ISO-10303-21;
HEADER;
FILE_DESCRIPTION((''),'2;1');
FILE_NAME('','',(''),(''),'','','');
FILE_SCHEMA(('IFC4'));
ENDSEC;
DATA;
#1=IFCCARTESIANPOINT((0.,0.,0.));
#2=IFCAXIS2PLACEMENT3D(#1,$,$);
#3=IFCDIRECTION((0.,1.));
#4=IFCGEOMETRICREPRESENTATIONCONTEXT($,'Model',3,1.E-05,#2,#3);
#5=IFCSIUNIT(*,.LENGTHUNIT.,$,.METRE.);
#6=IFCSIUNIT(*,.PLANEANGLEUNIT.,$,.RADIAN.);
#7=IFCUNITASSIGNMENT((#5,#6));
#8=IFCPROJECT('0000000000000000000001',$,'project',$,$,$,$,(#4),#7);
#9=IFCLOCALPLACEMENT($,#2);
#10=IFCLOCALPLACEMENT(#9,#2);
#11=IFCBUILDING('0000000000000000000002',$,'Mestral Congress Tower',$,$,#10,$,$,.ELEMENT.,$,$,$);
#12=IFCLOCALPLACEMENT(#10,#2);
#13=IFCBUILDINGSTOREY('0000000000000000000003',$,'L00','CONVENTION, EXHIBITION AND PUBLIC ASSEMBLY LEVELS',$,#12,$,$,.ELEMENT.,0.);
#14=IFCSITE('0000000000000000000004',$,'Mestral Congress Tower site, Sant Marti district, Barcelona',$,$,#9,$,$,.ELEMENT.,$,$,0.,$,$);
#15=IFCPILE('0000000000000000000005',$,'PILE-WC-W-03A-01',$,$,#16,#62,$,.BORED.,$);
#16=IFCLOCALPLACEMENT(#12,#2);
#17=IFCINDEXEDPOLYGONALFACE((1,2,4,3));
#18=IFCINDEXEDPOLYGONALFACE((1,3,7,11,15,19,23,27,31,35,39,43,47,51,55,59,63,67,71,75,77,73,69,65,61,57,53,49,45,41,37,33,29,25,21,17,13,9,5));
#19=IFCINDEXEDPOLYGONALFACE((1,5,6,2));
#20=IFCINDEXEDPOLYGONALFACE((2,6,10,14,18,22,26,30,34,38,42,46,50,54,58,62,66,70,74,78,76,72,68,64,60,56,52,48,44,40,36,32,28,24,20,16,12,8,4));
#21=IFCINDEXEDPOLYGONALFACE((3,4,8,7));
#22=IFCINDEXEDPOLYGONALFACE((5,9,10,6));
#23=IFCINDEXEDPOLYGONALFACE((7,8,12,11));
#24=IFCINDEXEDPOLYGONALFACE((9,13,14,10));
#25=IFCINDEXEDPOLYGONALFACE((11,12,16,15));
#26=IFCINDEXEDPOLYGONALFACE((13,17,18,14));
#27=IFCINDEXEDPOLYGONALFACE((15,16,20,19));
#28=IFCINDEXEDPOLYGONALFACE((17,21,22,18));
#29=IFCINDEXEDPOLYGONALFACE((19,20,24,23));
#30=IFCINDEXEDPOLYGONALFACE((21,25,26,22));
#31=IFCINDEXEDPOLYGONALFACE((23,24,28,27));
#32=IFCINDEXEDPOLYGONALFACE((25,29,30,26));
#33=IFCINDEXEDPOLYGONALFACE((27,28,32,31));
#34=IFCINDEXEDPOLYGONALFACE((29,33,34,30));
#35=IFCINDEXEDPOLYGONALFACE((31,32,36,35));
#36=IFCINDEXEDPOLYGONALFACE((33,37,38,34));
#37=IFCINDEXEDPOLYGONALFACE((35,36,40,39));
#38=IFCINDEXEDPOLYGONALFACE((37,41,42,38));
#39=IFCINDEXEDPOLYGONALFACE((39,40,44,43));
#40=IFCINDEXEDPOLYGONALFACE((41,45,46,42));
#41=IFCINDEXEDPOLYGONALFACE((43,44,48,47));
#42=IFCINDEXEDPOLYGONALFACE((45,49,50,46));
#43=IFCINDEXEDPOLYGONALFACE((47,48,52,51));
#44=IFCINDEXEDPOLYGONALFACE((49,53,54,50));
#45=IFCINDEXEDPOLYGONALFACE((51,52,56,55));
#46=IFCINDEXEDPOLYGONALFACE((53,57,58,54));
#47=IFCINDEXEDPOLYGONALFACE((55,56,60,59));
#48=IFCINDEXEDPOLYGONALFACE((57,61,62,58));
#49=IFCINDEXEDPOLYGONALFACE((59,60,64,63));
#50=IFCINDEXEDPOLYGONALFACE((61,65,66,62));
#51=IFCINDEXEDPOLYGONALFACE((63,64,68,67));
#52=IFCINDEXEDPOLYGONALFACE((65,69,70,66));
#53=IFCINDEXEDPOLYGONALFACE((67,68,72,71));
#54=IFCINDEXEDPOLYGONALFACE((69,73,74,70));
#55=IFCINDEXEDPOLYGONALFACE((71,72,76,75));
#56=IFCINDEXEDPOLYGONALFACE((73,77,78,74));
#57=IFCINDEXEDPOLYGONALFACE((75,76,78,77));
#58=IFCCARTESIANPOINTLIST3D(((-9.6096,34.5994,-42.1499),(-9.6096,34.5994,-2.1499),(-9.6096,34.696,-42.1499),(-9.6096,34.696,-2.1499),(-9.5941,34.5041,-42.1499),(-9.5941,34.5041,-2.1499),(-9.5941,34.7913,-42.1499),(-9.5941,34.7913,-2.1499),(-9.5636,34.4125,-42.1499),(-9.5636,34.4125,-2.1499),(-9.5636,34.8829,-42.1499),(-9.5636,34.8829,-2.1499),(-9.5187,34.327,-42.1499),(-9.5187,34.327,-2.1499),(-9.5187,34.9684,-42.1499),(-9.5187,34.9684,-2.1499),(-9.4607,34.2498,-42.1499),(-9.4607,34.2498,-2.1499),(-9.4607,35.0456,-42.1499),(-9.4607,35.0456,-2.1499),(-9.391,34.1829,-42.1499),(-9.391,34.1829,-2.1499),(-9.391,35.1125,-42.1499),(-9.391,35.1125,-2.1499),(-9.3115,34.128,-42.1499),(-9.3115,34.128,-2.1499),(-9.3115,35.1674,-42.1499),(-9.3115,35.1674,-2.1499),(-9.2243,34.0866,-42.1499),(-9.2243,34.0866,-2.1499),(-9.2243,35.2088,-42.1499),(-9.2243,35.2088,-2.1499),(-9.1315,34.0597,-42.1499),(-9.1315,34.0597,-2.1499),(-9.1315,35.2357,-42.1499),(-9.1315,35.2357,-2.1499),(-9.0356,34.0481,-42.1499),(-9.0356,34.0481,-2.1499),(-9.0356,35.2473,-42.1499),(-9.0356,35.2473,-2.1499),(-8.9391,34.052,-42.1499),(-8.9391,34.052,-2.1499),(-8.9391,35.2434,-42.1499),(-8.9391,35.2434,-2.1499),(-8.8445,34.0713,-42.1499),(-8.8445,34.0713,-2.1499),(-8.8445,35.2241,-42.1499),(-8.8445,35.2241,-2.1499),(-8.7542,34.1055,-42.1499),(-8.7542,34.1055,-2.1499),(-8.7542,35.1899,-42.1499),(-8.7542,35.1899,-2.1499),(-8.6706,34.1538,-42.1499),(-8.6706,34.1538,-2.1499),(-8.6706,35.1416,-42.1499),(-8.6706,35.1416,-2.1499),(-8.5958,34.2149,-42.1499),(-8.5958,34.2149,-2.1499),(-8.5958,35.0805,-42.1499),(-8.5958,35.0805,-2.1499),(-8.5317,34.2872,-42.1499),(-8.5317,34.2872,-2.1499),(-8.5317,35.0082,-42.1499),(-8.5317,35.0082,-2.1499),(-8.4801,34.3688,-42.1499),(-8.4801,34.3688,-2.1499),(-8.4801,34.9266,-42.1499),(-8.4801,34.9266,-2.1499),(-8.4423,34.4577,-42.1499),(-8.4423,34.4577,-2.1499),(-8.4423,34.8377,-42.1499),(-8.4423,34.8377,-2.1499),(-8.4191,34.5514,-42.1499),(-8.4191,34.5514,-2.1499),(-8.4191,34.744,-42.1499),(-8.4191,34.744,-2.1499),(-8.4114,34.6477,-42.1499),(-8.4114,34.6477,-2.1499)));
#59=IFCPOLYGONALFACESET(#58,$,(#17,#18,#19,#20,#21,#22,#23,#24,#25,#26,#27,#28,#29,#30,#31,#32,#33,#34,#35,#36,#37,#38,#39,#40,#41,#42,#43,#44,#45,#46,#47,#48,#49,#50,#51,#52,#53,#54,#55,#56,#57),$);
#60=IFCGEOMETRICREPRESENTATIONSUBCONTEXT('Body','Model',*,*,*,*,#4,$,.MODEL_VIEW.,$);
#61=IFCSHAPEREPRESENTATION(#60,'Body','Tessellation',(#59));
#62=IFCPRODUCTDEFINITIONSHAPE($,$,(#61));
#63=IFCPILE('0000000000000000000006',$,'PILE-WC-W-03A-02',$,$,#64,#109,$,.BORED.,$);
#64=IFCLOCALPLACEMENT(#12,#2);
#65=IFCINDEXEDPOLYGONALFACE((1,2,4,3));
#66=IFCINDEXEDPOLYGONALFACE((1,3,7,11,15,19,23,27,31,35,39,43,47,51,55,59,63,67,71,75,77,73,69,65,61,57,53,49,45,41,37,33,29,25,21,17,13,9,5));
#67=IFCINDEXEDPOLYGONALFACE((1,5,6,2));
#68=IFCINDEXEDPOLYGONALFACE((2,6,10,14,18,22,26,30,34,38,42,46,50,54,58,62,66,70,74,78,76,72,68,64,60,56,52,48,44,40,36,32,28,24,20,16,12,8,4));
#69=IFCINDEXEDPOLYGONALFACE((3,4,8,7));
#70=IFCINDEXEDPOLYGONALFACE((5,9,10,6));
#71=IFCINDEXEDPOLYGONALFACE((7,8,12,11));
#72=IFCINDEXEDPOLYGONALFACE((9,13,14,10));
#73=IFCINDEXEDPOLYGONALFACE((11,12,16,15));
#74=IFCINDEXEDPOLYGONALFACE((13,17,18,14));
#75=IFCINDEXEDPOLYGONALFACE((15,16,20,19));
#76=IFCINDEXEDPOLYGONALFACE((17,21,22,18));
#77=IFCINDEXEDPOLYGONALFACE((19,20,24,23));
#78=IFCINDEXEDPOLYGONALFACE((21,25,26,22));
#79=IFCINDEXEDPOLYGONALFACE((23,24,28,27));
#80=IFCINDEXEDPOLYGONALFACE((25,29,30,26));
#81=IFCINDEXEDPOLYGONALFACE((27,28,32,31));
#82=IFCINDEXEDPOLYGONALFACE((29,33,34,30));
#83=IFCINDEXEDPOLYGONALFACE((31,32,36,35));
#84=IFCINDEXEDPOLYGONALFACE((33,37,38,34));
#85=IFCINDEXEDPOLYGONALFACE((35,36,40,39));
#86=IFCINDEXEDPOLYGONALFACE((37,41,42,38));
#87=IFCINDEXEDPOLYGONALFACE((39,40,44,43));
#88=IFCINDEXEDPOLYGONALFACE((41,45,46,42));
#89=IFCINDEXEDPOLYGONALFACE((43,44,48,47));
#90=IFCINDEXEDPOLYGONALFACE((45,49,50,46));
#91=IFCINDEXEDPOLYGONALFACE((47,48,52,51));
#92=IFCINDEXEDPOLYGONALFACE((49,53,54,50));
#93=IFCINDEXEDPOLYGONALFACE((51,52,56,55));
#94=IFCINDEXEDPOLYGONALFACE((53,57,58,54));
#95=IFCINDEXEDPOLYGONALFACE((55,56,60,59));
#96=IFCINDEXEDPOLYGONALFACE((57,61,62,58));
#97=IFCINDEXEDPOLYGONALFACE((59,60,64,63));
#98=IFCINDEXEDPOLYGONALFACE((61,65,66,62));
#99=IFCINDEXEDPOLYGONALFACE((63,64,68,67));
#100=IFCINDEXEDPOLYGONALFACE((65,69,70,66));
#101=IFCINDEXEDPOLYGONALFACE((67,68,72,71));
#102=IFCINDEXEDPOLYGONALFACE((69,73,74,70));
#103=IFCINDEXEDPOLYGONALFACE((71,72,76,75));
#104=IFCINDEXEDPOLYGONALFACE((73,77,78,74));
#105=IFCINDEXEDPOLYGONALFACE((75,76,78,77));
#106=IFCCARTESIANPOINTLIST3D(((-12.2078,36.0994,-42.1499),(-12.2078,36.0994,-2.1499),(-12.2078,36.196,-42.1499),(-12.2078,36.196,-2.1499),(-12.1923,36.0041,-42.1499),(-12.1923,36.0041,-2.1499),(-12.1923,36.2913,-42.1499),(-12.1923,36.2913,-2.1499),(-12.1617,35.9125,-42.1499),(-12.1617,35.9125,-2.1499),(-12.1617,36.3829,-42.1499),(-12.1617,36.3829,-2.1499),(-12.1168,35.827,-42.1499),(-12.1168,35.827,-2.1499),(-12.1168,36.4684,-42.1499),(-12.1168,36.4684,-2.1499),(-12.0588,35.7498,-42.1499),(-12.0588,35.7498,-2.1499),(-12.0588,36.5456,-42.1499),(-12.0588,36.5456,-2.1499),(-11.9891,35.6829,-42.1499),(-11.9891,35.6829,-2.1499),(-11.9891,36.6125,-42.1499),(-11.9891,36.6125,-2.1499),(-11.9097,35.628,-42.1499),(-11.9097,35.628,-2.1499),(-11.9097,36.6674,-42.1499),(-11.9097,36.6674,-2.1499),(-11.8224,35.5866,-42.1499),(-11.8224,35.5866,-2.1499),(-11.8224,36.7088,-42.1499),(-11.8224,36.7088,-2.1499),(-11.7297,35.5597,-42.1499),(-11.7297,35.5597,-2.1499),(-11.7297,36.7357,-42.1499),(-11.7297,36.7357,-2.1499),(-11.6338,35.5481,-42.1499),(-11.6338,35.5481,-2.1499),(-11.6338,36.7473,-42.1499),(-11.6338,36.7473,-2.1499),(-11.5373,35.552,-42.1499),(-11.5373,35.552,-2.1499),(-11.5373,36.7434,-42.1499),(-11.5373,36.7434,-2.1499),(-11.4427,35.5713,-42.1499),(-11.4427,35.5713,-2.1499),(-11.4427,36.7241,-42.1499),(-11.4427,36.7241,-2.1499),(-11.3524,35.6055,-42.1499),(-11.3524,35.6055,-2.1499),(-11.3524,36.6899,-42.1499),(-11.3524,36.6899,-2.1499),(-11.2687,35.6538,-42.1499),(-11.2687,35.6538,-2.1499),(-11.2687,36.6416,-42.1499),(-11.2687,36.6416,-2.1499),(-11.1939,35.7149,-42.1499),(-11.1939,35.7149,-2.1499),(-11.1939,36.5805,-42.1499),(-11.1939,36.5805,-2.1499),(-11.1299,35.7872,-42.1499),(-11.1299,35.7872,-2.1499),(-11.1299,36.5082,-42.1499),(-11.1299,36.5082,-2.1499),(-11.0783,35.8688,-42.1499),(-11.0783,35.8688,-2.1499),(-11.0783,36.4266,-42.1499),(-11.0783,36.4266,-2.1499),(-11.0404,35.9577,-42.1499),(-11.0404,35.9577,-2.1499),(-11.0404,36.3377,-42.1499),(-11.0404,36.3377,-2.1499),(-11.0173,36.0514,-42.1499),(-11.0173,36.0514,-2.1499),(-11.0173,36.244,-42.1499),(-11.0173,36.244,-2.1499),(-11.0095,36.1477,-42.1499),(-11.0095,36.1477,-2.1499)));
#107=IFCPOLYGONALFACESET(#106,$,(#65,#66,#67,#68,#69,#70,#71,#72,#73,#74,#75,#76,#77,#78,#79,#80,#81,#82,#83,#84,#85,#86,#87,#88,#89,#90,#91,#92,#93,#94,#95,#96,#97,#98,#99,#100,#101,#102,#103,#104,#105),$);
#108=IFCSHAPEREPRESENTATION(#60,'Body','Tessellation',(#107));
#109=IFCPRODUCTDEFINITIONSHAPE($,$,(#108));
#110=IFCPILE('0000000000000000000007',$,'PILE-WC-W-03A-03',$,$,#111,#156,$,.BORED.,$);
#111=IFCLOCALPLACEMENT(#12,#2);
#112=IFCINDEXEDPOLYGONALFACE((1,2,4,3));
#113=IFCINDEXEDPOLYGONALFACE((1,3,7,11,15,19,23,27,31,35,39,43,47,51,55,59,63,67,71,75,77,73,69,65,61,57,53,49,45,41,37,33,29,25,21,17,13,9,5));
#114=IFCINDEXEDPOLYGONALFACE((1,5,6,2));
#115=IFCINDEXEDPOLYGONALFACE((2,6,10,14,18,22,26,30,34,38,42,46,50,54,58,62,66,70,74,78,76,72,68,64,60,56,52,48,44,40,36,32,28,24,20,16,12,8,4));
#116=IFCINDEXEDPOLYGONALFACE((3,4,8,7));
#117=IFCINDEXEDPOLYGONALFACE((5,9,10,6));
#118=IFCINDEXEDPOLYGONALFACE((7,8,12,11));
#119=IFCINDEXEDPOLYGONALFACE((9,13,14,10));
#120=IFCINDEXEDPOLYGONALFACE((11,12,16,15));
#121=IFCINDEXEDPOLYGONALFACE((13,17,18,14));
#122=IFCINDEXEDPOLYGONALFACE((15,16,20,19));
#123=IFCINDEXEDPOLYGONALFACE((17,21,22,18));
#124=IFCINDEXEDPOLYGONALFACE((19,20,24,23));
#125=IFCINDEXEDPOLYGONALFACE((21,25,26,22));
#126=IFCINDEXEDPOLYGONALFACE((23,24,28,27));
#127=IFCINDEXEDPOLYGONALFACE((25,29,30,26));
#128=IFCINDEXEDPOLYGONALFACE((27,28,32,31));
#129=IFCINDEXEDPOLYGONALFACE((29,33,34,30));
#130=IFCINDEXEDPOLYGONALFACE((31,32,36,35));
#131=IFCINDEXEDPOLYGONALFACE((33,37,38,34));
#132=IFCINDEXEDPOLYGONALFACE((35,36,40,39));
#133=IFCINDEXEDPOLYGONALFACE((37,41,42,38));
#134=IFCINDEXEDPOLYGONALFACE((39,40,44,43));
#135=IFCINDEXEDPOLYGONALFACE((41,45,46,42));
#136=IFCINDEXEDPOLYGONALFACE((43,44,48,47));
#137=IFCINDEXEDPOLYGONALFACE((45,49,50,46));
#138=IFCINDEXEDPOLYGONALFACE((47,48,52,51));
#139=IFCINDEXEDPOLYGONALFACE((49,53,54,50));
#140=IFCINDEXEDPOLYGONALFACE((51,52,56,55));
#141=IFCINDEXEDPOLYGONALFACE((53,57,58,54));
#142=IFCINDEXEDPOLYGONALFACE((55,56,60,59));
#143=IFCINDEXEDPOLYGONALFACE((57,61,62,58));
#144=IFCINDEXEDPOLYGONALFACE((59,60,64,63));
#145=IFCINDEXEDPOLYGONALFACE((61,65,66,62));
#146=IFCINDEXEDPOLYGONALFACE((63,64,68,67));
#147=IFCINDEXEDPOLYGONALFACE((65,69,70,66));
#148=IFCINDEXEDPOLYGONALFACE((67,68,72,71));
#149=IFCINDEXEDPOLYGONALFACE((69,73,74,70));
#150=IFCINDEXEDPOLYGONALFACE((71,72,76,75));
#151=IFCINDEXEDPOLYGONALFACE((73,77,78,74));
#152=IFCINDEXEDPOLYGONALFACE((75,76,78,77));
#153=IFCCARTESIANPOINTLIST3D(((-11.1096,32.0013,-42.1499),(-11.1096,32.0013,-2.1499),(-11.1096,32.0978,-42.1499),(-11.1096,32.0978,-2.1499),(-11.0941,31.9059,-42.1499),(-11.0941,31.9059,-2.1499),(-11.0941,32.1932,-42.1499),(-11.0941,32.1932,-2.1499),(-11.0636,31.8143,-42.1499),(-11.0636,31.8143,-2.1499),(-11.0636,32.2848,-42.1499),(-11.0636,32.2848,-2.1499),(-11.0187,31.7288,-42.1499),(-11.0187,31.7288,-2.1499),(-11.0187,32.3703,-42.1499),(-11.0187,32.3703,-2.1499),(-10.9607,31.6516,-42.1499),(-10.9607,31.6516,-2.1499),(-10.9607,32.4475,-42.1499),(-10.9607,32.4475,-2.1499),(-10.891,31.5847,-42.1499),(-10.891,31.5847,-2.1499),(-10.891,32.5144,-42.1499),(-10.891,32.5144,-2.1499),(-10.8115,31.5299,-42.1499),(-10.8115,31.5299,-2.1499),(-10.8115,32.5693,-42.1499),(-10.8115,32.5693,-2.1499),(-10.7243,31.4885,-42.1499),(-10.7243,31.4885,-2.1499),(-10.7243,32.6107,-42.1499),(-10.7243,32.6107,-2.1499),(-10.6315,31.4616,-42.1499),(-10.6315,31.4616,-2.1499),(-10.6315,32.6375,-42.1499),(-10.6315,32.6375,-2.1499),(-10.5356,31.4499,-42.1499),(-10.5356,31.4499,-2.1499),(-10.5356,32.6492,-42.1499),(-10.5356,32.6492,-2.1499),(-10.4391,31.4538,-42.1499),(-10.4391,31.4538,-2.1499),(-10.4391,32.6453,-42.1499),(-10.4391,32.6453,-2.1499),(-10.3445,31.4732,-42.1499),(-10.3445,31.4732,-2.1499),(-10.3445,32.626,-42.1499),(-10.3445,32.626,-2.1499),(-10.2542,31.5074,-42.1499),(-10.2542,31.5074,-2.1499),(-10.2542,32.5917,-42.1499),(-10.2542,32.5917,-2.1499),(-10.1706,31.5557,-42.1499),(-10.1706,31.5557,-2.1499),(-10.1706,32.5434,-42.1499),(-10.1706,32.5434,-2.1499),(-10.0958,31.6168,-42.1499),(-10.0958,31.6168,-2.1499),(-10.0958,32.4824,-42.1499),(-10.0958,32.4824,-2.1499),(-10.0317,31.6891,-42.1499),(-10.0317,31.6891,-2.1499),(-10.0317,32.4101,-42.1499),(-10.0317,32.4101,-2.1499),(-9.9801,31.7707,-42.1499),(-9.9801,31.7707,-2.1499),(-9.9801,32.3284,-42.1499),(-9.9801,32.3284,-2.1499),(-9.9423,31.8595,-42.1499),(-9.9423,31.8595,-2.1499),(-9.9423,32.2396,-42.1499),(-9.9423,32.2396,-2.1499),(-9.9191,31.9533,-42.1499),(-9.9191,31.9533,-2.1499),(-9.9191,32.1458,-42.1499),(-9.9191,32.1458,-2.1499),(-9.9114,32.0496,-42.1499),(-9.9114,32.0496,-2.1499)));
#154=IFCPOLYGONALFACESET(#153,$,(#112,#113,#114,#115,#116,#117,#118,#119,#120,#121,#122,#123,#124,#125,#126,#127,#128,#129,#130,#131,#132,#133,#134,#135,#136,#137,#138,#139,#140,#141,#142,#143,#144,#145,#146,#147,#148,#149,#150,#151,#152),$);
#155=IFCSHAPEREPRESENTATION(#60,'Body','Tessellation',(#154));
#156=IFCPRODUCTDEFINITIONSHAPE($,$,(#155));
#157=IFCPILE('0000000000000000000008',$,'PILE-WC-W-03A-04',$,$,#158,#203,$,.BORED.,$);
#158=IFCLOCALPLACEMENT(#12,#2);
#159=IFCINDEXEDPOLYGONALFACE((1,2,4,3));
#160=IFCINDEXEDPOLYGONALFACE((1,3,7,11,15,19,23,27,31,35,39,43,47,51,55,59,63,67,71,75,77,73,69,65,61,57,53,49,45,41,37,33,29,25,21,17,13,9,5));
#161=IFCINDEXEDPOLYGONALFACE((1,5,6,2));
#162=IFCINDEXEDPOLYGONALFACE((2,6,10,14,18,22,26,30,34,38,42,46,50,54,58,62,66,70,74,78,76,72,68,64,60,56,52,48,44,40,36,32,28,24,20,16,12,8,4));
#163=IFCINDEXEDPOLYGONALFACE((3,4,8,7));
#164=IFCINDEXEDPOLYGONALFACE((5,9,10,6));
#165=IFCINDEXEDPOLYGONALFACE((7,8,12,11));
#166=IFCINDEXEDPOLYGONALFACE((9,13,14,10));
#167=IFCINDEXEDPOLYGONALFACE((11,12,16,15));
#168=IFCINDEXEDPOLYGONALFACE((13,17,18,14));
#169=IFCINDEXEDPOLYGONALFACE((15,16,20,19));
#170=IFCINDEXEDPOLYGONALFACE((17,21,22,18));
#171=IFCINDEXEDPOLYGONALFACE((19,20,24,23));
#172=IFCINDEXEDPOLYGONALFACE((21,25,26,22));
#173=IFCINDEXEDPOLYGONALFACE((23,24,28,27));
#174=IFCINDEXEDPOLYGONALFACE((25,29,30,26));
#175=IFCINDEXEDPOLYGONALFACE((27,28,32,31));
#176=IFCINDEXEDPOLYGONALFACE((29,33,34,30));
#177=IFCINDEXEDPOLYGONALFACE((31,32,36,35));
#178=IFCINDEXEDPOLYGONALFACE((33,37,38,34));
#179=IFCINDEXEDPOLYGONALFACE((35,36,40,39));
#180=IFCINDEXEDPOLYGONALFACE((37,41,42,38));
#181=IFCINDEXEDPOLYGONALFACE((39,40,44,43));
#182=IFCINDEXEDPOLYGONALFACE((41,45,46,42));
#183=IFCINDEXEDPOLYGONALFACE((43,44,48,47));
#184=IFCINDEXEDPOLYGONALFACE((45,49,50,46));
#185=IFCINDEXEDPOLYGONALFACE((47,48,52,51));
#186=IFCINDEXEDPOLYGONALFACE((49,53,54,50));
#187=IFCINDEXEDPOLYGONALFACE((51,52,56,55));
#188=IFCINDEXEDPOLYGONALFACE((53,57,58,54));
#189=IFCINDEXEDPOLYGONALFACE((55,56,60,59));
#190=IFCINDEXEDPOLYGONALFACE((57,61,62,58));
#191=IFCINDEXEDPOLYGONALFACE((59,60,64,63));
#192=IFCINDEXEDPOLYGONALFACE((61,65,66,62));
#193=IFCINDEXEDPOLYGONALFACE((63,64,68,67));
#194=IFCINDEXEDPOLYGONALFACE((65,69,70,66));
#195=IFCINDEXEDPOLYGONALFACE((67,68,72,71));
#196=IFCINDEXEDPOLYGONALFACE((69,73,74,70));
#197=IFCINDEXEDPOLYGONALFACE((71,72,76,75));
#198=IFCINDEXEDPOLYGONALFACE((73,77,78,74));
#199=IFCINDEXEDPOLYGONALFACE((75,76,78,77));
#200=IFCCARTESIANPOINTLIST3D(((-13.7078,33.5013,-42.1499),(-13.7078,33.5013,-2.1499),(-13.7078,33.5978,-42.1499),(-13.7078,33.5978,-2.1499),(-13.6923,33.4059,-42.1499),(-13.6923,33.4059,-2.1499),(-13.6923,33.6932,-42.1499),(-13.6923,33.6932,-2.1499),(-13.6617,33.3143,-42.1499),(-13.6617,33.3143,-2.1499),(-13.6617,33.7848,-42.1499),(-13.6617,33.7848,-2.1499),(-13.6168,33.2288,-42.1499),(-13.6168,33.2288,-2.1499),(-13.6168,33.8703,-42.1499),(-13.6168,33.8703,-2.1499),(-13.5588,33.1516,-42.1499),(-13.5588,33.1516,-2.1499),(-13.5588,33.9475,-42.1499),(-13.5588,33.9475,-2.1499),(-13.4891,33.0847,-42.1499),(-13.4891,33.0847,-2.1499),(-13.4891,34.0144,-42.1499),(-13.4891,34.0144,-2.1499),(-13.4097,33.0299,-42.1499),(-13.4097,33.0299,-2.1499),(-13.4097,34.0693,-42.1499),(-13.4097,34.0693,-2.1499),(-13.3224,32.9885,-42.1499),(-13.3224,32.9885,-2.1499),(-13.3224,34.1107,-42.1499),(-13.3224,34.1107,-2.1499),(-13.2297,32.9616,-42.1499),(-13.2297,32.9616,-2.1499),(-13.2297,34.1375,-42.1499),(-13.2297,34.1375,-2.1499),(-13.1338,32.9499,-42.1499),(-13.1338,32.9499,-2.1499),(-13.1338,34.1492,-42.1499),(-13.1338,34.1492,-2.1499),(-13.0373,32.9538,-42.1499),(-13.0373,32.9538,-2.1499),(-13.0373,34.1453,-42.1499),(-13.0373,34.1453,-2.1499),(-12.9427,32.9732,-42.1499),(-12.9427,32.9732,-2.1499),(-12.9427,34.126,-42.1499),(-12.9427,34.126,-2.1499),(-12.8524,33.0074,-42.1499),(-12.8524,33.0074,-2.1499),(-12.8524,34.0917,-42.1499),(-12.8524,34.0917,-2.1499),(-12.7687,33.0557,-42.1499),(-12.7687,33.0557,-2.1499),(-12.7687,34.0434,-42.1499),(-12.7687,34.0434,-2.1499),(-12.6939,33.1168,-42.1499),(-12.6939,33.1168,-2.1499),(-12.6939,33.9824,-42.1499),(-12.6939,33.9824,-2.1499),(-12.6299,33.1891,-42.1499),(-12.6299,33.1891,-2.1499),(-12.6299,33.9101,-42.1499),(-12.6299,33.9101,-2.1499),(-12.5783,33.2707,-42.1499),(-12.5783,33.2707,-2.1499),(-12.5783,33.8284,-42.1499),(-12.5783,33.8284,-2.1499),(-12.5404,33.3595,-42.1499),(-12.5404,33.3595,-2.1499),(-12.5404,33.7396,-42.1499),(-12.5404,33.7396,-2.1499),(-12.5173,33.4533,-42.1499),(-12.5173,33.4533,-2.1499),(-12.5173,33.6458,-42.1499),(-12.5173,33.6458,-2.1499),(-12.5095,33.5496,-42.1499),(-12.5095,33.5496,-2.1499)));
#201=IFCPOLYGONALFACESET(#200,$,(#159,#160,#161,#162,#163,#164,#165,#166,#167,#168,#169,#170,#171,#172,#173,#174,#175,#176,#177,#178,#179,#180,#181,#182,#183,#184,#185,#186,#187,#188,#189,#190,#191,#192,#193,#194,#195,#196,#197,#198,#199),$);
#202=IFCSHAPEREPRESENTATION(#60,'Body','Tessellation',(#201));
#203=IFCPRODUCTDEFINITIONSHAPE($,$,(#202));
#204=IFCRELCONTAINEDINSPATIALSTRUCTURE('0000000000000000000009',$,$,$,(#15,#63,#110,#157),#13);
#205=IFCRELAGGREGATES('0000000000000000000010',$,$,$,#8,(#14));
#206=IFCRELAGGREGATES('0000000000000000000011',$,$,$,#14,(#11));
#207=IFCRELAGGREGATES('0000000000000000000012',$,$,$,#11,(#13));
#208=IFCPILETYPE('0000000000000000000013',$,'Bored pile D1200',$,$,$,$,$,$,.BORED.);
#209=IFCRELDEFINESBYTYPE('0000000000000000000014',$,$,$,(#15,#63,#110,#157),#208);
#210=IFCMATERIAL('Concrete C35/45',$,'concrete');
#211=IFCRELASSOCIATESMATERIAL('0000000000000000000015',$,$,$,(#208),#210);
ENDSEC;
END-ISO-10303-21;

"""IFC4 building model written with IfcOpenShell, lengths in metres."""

from ifc_helpers import new_model, si_unit, direction, frame, origin, origin_2d, place, context, subcontext, project, spatial, circle, extrude, material, material_profile, profile_set, type_object, element, save


model = new_model("IFC4")

# Units and contexts
model_context = context("Model", 3, precision=1e-05, world=origin(), true_north=direction((0.0, 1.0)))
body_context = subcontext(model_context, "Body", "Model", "MODEL_VIEW")
ifc_project = project(units=[si_unit("LENGTHUNIT", "METRE"), si_unit("PLANEANGLEUNIT", "RADIAN")], contexts=[model_context])

# Site, building, storey
site_placement = place(None, origin())
site = spatial("IfcSite", under=ifc_project, at=site_placement, Name="Mestral Congress Tower site, Sant Marti district, Barcelona", CompositionType="ELEMENT", RefElevation=0.0)
building_placement = place(site_placement, origin())
building = spatial("IfcBuilding", under=site, at=building_placement, Name="Mestral Congress Tower", CompositionType="ELEMENT")
storey_placement = place(building_placement, origin())
storey = spatial("IfcBuildingStorey", under=building, at=storey_placement, Name="L00", Description="CONVENTION, EXHIBITION AND PUBLIC ASSEMBLY LEVELS", CompositionType="ELEMENT", Elevation=0.0)

# Piles
ifc_material_1 = material(Name="Concrete C35/45", Category="concrete")
ifc_material_profile_1 = material_profile(ifc_material_1, circle(Radius=0.6001, at=origin_2d()), Name="D1200")
ifc_profile_set_1 = profile_set([ifc_material_profile_1], Name="Concrete C35/45")
pile_type_1 = type_object("IfcPileType", Name="Bored pile D1200", PredefinedType="BORED", material=ifc_profile_set_1)
for number, where, z_axis, x_axis, name in (
    (1, (-9.0115, 34.6477, -2.1499), (0.0, 0.0, -1.0), (1.0, 0.0, 0.0), "PILE-WC-W-03A-01"),
    (2, (-11.6096, 36.1477, -2.1499), (0.0, 0.0, -1.0), (1.0, 0.0, 0.0), "PILE-WC-W-03A-02"),
    (3, (-10.5115, 32.0496, -2.1499), (0.0, 0.0, -1.0), (1.0, 0.0, 0.0), "PILE-WC-W-03A-03"),
    (4, (-13.1096, 33.5496, -2.1499), (0.0, 0.0, -1.0), (1.0, 0.0, 0.0), "PILE-WC-W-03A-04"),
):
    element("IfcPile", number, at=place(storey_placement, frame(where, z_axis=z_axis, x_axis=x_axis)), inside=storey, type_object=pile_type_1, Name=name, PredefinedType="BORED", context=body_context, shape_type="SweptSolid", body=[
        extrude(circle(Radius=0.6001, at=origin_2d()), origin(), (0.0, 0.0, 1.0), 40.0),
    ])

save(model, "model.ifc")
